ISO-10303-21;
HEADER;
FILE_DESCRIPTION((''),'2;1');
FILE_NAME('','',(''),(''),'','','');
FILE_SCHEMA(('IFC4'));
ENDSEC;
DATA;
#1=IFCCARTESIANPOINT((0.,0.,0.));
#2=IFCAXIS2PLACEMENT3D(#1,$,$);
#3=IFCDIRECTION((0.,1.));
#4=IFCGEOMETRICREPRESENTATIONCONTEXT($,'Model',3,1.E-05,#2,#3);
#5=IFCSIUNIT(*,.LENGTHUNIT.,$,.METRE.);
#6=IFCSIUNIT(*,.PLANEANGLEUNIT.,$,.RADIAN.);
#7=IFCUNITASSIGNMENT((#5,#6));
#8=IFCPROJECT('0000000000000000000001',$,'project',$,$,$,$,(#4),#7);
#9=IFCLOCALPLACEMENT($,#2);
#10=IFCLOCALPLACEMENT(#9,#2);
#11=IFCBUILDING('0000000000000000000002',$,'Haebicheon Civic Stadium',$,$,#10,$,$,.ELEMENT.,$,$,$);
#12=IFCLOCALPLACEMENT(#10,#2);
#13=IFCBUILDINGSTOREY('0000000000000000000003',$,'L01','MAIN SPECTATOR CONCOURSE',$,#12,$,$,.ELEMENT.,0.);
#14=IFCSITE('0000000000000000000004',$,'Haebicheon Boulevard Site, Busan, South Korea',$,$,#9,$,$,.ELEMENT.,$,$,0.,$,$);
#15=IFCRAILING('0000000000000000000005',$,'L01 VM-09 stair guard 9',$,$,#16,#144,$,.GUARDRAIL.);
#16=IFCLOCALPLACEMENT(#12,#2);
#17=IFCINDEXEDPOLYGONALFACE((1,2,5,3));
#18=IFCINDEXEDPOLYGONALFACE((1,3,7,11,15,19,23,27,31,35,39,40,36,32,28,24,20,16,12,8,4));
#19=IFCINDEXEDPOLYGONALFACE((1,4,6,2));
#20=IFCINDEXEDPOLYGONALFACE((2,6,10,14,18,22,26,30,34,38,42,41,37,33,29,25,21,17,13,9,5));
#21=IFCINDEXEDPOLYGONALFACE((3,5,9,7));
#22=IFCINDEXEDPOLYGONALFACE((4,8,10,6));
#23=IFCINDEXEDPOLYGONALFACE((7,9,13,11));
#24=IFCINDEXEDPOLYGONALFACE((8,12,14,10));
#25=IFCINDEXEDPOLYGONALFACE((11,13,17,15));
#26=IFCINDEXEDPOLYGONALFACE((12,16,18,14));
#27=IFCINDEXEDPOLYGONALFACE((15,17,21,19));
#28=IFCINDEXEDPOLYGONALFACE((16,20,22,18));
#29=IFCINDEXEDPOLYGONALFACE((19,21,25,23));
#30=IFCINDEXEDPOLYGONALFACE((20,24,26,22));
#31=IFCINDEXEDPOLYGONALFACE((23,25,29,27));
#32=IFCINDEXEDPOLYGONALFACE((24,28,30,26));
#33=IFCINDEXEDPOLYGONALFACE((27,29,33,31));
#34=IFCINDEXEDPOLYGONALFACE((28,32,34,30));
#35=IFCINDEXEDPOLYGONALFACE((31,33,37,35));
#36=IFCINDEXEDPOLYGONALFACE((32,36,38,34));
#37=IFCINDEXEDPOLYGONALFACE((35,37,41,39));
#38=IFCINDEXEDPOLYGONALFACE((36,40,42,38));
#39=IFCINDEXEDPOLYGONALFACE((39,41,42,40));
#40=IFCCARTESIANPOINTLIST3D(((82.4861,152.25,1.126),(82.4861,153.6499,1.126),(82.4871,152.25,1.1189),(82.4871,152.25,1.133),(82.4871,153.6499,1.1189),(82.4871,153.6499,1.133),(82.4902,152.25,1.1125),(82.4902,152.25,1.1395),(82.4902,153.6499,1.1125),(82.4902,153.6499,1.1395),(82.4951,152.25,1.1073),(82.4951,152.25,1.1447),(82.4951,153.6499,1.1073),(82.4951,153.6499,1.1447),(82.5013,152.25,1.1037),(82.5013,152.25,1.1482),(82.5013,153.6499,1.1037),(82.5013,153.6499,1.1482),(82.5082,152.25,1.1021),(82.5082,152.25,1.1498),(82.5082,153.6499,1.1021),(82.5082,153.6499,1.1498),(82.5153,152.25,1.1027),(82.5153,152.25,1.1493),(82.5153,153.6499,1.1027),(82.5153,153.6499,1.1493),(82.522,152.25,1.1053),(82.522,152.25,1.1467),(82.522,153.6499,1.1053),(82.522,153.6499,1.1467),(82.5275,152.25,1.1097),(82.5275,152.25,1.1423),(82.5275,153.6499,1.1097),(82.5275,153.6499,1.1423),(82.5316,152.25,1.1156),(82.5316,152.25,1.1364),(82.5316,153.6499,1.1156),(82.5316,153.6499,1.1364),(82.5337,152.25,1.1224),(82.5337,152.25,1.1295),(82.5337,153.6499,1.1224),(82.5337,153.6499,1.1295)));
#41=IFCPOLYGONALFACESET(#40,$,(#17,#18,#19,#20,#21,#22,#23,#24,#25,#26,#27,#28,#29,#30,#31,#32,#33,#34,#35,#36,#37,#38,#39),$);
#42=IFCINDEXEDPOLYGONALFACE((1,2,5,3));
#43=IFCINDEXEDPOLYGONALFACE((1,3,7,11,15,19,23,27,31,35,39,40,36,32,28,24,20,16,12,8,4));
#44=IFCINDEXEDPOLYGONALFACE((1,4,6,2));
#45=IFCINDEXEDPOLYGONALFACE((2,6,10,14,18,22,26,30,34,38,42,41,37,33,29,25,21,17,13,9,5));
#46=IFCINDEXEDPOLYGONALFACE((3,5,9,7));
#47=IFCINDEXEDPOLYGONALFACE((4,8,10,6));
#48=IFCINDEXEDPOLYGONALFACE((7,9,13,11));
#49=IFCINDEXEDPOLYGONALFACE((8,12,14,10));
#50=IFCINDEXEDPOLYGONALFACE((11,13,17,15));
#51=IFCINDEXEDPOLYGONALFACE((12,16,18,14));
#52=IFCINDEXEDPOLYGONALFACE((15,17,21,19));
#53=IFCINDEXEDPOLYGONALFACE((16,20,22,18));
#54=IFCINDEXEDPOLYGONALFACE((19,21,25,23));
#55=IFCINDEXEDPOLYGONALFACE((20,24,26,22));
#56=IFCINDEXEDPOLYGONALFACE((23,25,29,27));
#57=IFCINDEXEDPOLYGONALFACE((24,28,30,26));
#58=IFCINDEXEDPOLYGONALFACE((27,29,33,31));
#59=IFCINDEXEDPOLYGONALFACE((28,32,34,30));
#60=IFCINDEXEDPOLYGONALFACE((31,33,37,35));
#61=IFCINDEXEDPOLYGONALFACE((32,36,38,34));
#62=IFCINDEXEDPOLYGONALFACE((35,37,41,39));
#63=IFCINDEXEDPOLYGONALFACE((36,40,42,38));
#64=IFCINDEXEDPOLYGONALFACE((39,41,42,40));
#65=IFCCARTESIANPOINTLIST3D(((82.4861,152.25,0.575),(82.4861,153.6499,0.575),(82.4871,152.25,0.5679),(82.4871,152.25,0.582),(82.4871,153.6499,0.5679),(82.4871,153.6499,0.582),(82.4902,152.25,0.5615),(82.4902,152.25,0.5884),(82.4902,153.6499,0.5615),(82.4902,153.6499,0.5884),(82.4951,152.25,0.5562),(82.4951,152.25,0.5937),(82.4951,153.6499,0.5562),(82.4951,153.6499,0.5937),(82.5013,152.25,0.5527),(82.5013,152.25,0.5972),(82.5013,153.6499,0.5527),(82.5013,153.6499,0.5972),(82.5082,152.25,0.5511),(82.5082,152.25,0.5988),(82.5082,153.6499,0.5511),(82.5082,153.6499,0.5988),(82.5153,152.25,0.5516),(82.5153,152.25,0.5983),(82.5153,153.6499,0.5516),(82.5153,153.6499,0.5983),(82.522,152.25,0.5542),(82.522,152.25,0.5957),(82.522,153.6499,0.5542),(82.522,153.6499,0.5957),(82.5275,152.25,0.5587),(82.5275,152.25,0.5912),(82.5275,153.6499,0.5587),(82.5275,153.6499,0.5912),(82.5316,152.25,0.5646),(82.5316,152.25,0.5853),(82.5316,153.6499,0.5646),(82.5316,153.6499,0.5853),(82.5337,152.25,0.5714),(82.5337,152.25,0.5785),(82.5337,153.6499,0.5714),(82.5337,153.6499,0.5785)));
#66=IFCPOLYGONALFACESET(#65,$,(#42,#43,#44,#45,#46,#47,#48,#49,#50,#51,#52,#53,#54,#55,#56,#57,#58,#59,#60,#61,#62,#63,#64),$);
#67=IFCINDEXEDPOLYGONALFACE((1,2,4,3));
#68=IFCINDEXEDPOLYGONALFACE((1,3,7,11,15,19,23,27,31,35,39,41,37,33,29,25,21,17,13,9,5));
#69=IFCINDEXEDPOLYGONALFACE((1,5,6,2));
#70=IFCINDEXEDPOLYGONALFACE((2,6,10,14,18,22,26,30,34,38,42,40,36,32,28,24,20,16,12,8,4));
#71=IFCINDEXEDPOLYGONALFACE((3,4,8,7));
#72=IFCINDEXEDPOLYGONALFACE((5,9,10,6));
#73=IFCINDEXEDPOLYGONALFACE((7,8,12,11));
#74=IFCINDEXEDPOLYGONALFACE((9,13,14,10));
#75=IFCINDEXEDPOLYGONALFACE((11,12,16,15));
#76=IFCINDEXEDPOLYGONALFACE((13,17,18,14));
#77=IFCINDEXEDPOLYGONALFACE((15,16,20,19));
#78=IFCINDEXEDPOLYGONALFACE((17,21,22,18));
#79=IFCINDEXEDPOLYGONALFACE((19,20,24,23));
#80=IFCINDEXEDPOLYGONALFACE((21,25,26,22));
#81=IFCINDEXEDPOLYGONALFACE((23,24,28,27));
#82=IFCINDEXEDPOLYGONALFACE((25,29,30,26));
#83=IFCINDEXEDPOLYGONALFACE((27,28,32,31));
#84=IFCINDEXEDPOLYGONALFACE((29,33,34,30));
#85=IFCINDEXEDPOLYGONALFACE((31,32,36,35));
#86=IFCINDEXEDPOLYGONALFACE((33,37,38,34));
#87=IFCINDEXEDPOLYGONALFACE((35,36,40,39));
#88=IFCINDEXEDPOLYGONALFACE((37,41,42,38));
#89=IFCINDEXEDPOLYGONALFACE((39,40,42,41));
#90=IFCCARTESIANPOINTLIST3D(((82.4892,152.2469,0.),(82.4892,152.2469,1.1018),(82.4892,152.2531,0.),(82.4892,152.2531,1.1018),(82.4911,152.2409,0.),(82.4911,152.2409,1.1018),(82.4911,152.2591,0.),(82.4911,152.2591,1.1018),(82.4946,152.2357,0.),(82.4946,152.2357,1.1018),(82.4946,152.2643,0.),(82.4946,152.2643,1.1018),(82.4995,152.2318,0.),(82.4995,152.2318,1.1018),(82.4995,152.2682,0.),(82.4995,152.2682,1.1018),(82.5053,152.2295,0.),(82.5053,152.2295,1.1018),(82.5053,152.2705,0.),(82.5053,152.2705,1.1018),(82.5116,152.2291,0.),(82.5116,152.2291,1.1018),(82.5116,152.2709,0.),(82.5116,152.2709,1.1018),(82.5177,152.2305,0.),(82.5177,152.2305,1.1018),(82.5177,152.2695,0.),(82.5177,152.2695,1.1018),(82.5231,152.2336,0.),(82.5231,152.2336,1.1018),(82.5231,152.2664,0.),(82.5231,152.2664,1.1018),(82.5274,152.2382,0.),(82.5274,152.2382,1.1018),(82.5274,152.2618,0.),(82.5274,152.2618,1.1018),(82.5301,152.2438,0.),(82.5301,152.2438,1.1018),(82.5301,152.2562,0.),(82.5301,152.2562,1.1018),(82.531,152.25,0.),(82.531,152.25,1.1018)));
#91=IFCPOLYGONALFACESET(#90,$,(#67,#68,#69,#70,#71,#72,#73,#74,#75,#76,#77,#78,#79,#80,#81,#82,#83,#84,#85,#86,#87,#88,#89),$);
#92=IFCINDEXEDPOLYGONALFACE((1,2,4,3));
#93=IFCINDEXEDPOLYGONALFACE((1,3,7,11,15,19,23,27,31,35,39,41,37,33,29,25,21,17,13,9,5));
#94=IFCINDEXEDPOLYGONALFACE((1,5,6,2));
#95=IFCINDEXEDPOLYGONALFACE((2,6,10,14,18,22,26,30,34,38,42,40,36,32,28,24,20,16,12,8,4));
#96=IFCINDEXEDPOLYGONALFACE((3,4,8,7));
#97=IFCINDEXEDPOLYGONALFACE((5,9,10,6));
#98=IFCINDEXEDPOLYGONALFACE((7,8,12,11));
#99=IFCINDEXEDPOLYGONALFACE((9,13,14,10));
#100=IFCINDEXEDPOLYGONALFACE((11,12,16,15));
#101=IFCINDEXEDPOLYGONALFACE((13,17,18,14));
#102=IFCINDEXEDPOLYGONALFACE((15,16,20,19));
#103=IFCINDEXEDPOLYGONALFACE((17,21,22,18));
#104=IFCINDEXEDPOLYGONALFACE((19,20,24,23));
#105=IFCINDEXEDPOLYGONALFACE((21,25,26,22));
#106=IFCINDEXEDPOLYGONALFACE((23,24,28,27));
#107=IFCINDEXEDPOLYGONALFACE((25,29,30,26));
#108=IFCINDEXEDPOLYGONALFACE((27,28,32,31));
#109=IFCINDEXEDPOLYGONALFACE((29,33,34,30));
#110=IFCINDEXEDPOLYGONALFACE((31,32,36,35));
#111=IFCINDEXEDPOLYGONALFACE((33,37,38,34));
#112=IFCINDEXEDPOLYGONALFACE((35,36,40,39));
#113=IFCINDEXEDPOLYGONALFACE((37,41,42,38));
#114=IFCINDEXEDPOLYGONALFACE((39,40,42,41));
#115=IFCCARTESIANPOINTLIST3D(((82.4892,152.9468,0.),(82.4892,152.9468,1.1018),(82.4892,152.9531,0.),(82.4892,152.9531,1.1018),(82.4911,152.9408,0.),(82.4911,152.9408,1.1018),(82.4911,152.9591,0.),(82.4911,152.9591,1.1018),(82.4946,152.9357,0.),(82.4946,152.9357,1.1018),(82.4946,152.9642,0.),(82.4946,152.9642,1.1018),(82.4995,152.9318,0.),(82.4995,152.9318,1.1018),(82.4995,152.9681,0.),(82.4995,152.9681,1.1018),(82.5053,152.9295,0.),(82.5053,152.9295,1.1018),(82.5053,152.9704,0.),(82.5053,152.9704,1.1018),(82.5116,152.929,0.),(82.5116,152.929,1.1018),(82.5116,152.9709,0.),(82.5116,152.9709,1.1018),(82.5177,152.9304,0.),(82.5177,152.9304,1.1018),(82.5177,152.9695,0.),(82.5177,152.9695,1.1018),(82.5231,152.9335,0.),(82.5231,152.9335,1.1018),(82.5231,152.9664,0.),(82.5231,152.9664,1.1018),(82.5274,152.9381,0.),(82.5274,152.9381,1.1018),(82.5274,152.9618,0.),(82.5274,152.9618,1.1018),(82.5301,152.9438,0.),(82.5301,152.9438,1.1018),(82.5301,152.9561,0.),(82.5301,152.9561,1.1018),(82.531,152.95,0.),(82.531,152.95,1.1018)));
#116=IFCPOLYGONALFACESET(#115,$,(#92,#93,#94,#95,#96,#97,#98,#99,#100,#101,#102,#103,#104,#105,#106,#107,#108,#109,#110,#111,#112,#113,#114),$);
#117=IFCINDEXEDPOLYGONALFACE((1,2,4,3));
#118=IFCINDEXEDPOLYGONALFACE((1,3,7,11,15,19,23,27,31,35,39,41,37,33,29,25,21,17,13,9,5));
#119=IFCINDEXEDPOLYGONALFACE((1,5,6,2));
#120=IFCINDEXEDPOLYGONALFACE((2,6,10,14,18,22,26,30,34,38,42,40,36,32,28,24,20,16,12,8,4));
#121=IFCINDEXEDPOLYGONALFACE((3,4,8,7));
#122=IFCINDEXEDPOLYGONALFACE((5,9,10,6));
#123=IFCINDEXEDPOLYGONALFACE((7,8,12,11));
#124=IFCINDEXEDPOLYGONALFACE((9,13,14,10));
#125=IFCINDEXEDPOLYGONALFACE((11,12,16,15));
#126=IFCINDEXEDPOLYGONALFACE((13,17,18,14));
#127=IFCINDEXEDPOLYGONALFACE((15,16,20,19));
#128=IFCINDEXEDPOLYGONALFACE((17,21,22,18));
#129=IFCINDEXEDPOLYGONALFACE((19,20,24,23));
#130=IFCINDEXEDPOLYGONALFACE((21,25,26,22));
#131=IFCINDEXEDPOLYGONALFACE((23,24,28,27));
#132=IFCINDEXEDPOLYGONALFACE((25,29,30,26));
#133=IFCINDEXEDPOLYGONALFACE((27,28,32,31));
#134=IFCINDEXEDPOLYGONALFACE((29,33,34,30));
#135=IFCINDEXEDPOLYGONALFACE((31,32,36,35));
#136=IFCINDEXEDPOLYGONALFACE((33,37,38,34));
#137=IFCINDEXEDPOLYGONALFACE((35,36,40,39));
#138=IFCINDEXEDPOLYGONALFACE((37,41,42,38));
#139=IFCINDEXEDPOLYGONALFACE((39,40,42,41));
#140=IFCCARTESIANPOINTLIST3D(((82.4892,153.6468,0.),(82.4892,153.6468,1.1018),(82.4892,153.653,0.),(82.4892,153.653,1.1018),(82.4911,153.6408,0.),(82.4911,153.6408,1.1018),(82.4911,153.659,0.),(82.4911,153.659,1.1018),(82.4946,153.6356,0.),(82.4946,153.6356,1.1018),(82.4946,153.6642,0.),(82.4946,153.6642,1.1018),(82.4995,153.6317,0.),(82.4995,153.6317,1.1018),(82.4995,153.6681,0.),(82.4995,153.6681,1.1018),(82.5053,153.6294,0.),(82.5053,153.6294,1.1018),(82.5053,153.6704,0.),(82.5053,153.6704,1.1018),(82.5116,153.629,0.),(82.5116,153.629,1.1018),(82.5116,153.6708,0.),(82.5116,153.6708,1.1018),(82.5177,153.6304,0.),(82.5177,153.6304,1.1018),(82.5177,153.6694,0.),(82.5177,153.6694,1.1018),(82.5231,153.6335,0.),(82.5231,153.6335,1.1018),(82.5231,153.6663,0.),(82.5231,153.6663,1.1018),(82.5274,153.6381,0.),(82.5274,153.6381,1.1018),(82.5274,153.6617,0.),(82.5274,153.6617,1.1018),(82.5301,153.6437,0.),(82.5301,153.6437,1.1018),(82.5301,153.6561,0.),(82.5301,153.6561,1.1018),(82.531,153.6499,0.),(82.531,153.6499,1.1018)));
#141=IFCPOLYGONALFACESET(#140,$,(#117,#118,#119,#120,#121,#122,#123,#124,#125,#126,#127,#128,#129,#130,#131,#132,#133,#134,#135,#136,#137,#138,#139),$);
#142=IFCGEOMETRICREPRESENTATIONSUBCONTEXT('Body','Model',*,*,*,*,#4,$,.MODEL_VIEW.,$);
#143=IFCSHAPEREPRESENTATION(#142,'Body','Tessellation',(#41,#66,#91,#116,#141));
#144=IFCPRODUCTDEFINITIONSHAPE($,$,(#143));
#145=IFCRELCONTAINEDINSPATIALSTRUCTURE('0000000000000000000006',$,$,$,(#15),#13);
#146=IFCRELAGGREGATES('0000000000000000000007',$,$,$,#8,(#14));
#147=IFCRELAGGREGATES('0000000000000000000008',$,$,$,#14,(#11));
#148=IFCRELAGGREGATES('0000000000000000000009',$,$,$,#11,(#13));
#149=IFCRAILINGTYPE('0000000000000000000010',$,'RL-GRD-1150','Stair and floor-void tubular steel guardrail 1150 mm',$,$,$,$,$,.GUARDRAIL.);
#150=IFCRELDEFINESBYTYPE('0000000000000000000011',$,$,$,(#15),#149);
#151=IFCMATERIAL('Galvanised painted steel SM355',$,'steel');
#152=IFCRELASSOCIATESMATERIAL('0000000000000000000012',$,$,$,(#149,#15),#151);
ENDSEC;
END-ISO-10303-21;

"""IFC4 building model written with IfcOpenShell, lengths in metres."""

from ifc_helpers import new_model, si_unit, direction, frame, origin, origin_2d, place, context, subcontext, project, spatial, circle, extrude, material, type_object, element, save


model = new_model("IFC4")

# Units and contexts
model_context = context("Model", 3, precision=1e-05, world=origin(), true_north=direction((0.0, 1.0)))
body_context = subcontext(model_context, "Body", "Model", "MODEL_VIEW")
ifc_project = project(units=[si_unit("LENGTHUNIT", "METRE"), si_unit("PLANEANGLEUNIT", "RADIAN")], contexts=[model_context])

# Site, building, storey
site_placement = place(None, origin())
site = spatial("IfcSite", under=ifc_project, at=site_placement, Name="Haebicheon Boulevard Site, Busan, South Korea", CompositionType="ELEMENT", RefElevation=0.0)
building_placement = place(site_placement, origin())
building = spatial("IfcBuilding", under=site, at=building_placement, Name="Haebicheon Civic Stadium", CompositionType="ELEMENT")
storey_placement = place(building_placement, origin())
storey = spatial("IfcBuildingStorey", under=building, at=storey_placement, Name="L01", Description="MAIN SPECTATOR CONCOURSE", CompositionType="ELEMENT", Elevation=0.0)

# Railing
ifc_material_1 = material(Name="Galvanised painted steel SM355", Category="steel")
railing_type_1 = type_object("IfcRailingType", Name="RL-GRD-1150", Description="Stair and floor-void tubular steel guardrail 1150 mm", PredefinedType="GUARDRAIL", material=ifc_material_1)
for number, where, name in (
    (1, (82.51, 152.25, 0.0), "L01 VM-09 stair guard 9"),
):
    element("IfcRailing", number, at=place(storey_placement, frame(where)), inside=storey, type_object=railing_type_1, material=ifc_material_1, Name=name, PredefinedType="GUARDRAIL", context=body_context, shape_type="SweptSolid", body=[
        extrude(circle(Radius=0.0239, at=origin_2d()), frame((0.0, 0.0, 1.126), z_axis=(0.0, 1.0, 0.0), x_axis=(-1.0, 0.0, 0.0)), (0.0, 0.0, 1.0), 1.3999),
        extrude(circle(Radius=0.0239, at=origin_2d()), frame((0.0, 0.0, 0.575), z_axis=(0.0, 1.0, 0.0), x_axis=(-1.0, 0.0, 0.0)), (0.0, 0.0, 1.0), 1.3999),
        extrude(circle(Radius=0.021, at=origin_2d()), origin(), (0.0, 0.0, 1.0), 1.1018),
        extrude(circle(Radius=0.021, at=origin_2d()), frame((0.0, 0.7, 0.0)), (0.0, 0.0, 1.0), 1.1018),
        extrude(circle(Radius=0.021, at=origin_2d()), frame((0.0, 1.3999, 0.0)), (0.0, 0.0, 1.0), 1.1018),
    ])

save(model, "model.ifc")
